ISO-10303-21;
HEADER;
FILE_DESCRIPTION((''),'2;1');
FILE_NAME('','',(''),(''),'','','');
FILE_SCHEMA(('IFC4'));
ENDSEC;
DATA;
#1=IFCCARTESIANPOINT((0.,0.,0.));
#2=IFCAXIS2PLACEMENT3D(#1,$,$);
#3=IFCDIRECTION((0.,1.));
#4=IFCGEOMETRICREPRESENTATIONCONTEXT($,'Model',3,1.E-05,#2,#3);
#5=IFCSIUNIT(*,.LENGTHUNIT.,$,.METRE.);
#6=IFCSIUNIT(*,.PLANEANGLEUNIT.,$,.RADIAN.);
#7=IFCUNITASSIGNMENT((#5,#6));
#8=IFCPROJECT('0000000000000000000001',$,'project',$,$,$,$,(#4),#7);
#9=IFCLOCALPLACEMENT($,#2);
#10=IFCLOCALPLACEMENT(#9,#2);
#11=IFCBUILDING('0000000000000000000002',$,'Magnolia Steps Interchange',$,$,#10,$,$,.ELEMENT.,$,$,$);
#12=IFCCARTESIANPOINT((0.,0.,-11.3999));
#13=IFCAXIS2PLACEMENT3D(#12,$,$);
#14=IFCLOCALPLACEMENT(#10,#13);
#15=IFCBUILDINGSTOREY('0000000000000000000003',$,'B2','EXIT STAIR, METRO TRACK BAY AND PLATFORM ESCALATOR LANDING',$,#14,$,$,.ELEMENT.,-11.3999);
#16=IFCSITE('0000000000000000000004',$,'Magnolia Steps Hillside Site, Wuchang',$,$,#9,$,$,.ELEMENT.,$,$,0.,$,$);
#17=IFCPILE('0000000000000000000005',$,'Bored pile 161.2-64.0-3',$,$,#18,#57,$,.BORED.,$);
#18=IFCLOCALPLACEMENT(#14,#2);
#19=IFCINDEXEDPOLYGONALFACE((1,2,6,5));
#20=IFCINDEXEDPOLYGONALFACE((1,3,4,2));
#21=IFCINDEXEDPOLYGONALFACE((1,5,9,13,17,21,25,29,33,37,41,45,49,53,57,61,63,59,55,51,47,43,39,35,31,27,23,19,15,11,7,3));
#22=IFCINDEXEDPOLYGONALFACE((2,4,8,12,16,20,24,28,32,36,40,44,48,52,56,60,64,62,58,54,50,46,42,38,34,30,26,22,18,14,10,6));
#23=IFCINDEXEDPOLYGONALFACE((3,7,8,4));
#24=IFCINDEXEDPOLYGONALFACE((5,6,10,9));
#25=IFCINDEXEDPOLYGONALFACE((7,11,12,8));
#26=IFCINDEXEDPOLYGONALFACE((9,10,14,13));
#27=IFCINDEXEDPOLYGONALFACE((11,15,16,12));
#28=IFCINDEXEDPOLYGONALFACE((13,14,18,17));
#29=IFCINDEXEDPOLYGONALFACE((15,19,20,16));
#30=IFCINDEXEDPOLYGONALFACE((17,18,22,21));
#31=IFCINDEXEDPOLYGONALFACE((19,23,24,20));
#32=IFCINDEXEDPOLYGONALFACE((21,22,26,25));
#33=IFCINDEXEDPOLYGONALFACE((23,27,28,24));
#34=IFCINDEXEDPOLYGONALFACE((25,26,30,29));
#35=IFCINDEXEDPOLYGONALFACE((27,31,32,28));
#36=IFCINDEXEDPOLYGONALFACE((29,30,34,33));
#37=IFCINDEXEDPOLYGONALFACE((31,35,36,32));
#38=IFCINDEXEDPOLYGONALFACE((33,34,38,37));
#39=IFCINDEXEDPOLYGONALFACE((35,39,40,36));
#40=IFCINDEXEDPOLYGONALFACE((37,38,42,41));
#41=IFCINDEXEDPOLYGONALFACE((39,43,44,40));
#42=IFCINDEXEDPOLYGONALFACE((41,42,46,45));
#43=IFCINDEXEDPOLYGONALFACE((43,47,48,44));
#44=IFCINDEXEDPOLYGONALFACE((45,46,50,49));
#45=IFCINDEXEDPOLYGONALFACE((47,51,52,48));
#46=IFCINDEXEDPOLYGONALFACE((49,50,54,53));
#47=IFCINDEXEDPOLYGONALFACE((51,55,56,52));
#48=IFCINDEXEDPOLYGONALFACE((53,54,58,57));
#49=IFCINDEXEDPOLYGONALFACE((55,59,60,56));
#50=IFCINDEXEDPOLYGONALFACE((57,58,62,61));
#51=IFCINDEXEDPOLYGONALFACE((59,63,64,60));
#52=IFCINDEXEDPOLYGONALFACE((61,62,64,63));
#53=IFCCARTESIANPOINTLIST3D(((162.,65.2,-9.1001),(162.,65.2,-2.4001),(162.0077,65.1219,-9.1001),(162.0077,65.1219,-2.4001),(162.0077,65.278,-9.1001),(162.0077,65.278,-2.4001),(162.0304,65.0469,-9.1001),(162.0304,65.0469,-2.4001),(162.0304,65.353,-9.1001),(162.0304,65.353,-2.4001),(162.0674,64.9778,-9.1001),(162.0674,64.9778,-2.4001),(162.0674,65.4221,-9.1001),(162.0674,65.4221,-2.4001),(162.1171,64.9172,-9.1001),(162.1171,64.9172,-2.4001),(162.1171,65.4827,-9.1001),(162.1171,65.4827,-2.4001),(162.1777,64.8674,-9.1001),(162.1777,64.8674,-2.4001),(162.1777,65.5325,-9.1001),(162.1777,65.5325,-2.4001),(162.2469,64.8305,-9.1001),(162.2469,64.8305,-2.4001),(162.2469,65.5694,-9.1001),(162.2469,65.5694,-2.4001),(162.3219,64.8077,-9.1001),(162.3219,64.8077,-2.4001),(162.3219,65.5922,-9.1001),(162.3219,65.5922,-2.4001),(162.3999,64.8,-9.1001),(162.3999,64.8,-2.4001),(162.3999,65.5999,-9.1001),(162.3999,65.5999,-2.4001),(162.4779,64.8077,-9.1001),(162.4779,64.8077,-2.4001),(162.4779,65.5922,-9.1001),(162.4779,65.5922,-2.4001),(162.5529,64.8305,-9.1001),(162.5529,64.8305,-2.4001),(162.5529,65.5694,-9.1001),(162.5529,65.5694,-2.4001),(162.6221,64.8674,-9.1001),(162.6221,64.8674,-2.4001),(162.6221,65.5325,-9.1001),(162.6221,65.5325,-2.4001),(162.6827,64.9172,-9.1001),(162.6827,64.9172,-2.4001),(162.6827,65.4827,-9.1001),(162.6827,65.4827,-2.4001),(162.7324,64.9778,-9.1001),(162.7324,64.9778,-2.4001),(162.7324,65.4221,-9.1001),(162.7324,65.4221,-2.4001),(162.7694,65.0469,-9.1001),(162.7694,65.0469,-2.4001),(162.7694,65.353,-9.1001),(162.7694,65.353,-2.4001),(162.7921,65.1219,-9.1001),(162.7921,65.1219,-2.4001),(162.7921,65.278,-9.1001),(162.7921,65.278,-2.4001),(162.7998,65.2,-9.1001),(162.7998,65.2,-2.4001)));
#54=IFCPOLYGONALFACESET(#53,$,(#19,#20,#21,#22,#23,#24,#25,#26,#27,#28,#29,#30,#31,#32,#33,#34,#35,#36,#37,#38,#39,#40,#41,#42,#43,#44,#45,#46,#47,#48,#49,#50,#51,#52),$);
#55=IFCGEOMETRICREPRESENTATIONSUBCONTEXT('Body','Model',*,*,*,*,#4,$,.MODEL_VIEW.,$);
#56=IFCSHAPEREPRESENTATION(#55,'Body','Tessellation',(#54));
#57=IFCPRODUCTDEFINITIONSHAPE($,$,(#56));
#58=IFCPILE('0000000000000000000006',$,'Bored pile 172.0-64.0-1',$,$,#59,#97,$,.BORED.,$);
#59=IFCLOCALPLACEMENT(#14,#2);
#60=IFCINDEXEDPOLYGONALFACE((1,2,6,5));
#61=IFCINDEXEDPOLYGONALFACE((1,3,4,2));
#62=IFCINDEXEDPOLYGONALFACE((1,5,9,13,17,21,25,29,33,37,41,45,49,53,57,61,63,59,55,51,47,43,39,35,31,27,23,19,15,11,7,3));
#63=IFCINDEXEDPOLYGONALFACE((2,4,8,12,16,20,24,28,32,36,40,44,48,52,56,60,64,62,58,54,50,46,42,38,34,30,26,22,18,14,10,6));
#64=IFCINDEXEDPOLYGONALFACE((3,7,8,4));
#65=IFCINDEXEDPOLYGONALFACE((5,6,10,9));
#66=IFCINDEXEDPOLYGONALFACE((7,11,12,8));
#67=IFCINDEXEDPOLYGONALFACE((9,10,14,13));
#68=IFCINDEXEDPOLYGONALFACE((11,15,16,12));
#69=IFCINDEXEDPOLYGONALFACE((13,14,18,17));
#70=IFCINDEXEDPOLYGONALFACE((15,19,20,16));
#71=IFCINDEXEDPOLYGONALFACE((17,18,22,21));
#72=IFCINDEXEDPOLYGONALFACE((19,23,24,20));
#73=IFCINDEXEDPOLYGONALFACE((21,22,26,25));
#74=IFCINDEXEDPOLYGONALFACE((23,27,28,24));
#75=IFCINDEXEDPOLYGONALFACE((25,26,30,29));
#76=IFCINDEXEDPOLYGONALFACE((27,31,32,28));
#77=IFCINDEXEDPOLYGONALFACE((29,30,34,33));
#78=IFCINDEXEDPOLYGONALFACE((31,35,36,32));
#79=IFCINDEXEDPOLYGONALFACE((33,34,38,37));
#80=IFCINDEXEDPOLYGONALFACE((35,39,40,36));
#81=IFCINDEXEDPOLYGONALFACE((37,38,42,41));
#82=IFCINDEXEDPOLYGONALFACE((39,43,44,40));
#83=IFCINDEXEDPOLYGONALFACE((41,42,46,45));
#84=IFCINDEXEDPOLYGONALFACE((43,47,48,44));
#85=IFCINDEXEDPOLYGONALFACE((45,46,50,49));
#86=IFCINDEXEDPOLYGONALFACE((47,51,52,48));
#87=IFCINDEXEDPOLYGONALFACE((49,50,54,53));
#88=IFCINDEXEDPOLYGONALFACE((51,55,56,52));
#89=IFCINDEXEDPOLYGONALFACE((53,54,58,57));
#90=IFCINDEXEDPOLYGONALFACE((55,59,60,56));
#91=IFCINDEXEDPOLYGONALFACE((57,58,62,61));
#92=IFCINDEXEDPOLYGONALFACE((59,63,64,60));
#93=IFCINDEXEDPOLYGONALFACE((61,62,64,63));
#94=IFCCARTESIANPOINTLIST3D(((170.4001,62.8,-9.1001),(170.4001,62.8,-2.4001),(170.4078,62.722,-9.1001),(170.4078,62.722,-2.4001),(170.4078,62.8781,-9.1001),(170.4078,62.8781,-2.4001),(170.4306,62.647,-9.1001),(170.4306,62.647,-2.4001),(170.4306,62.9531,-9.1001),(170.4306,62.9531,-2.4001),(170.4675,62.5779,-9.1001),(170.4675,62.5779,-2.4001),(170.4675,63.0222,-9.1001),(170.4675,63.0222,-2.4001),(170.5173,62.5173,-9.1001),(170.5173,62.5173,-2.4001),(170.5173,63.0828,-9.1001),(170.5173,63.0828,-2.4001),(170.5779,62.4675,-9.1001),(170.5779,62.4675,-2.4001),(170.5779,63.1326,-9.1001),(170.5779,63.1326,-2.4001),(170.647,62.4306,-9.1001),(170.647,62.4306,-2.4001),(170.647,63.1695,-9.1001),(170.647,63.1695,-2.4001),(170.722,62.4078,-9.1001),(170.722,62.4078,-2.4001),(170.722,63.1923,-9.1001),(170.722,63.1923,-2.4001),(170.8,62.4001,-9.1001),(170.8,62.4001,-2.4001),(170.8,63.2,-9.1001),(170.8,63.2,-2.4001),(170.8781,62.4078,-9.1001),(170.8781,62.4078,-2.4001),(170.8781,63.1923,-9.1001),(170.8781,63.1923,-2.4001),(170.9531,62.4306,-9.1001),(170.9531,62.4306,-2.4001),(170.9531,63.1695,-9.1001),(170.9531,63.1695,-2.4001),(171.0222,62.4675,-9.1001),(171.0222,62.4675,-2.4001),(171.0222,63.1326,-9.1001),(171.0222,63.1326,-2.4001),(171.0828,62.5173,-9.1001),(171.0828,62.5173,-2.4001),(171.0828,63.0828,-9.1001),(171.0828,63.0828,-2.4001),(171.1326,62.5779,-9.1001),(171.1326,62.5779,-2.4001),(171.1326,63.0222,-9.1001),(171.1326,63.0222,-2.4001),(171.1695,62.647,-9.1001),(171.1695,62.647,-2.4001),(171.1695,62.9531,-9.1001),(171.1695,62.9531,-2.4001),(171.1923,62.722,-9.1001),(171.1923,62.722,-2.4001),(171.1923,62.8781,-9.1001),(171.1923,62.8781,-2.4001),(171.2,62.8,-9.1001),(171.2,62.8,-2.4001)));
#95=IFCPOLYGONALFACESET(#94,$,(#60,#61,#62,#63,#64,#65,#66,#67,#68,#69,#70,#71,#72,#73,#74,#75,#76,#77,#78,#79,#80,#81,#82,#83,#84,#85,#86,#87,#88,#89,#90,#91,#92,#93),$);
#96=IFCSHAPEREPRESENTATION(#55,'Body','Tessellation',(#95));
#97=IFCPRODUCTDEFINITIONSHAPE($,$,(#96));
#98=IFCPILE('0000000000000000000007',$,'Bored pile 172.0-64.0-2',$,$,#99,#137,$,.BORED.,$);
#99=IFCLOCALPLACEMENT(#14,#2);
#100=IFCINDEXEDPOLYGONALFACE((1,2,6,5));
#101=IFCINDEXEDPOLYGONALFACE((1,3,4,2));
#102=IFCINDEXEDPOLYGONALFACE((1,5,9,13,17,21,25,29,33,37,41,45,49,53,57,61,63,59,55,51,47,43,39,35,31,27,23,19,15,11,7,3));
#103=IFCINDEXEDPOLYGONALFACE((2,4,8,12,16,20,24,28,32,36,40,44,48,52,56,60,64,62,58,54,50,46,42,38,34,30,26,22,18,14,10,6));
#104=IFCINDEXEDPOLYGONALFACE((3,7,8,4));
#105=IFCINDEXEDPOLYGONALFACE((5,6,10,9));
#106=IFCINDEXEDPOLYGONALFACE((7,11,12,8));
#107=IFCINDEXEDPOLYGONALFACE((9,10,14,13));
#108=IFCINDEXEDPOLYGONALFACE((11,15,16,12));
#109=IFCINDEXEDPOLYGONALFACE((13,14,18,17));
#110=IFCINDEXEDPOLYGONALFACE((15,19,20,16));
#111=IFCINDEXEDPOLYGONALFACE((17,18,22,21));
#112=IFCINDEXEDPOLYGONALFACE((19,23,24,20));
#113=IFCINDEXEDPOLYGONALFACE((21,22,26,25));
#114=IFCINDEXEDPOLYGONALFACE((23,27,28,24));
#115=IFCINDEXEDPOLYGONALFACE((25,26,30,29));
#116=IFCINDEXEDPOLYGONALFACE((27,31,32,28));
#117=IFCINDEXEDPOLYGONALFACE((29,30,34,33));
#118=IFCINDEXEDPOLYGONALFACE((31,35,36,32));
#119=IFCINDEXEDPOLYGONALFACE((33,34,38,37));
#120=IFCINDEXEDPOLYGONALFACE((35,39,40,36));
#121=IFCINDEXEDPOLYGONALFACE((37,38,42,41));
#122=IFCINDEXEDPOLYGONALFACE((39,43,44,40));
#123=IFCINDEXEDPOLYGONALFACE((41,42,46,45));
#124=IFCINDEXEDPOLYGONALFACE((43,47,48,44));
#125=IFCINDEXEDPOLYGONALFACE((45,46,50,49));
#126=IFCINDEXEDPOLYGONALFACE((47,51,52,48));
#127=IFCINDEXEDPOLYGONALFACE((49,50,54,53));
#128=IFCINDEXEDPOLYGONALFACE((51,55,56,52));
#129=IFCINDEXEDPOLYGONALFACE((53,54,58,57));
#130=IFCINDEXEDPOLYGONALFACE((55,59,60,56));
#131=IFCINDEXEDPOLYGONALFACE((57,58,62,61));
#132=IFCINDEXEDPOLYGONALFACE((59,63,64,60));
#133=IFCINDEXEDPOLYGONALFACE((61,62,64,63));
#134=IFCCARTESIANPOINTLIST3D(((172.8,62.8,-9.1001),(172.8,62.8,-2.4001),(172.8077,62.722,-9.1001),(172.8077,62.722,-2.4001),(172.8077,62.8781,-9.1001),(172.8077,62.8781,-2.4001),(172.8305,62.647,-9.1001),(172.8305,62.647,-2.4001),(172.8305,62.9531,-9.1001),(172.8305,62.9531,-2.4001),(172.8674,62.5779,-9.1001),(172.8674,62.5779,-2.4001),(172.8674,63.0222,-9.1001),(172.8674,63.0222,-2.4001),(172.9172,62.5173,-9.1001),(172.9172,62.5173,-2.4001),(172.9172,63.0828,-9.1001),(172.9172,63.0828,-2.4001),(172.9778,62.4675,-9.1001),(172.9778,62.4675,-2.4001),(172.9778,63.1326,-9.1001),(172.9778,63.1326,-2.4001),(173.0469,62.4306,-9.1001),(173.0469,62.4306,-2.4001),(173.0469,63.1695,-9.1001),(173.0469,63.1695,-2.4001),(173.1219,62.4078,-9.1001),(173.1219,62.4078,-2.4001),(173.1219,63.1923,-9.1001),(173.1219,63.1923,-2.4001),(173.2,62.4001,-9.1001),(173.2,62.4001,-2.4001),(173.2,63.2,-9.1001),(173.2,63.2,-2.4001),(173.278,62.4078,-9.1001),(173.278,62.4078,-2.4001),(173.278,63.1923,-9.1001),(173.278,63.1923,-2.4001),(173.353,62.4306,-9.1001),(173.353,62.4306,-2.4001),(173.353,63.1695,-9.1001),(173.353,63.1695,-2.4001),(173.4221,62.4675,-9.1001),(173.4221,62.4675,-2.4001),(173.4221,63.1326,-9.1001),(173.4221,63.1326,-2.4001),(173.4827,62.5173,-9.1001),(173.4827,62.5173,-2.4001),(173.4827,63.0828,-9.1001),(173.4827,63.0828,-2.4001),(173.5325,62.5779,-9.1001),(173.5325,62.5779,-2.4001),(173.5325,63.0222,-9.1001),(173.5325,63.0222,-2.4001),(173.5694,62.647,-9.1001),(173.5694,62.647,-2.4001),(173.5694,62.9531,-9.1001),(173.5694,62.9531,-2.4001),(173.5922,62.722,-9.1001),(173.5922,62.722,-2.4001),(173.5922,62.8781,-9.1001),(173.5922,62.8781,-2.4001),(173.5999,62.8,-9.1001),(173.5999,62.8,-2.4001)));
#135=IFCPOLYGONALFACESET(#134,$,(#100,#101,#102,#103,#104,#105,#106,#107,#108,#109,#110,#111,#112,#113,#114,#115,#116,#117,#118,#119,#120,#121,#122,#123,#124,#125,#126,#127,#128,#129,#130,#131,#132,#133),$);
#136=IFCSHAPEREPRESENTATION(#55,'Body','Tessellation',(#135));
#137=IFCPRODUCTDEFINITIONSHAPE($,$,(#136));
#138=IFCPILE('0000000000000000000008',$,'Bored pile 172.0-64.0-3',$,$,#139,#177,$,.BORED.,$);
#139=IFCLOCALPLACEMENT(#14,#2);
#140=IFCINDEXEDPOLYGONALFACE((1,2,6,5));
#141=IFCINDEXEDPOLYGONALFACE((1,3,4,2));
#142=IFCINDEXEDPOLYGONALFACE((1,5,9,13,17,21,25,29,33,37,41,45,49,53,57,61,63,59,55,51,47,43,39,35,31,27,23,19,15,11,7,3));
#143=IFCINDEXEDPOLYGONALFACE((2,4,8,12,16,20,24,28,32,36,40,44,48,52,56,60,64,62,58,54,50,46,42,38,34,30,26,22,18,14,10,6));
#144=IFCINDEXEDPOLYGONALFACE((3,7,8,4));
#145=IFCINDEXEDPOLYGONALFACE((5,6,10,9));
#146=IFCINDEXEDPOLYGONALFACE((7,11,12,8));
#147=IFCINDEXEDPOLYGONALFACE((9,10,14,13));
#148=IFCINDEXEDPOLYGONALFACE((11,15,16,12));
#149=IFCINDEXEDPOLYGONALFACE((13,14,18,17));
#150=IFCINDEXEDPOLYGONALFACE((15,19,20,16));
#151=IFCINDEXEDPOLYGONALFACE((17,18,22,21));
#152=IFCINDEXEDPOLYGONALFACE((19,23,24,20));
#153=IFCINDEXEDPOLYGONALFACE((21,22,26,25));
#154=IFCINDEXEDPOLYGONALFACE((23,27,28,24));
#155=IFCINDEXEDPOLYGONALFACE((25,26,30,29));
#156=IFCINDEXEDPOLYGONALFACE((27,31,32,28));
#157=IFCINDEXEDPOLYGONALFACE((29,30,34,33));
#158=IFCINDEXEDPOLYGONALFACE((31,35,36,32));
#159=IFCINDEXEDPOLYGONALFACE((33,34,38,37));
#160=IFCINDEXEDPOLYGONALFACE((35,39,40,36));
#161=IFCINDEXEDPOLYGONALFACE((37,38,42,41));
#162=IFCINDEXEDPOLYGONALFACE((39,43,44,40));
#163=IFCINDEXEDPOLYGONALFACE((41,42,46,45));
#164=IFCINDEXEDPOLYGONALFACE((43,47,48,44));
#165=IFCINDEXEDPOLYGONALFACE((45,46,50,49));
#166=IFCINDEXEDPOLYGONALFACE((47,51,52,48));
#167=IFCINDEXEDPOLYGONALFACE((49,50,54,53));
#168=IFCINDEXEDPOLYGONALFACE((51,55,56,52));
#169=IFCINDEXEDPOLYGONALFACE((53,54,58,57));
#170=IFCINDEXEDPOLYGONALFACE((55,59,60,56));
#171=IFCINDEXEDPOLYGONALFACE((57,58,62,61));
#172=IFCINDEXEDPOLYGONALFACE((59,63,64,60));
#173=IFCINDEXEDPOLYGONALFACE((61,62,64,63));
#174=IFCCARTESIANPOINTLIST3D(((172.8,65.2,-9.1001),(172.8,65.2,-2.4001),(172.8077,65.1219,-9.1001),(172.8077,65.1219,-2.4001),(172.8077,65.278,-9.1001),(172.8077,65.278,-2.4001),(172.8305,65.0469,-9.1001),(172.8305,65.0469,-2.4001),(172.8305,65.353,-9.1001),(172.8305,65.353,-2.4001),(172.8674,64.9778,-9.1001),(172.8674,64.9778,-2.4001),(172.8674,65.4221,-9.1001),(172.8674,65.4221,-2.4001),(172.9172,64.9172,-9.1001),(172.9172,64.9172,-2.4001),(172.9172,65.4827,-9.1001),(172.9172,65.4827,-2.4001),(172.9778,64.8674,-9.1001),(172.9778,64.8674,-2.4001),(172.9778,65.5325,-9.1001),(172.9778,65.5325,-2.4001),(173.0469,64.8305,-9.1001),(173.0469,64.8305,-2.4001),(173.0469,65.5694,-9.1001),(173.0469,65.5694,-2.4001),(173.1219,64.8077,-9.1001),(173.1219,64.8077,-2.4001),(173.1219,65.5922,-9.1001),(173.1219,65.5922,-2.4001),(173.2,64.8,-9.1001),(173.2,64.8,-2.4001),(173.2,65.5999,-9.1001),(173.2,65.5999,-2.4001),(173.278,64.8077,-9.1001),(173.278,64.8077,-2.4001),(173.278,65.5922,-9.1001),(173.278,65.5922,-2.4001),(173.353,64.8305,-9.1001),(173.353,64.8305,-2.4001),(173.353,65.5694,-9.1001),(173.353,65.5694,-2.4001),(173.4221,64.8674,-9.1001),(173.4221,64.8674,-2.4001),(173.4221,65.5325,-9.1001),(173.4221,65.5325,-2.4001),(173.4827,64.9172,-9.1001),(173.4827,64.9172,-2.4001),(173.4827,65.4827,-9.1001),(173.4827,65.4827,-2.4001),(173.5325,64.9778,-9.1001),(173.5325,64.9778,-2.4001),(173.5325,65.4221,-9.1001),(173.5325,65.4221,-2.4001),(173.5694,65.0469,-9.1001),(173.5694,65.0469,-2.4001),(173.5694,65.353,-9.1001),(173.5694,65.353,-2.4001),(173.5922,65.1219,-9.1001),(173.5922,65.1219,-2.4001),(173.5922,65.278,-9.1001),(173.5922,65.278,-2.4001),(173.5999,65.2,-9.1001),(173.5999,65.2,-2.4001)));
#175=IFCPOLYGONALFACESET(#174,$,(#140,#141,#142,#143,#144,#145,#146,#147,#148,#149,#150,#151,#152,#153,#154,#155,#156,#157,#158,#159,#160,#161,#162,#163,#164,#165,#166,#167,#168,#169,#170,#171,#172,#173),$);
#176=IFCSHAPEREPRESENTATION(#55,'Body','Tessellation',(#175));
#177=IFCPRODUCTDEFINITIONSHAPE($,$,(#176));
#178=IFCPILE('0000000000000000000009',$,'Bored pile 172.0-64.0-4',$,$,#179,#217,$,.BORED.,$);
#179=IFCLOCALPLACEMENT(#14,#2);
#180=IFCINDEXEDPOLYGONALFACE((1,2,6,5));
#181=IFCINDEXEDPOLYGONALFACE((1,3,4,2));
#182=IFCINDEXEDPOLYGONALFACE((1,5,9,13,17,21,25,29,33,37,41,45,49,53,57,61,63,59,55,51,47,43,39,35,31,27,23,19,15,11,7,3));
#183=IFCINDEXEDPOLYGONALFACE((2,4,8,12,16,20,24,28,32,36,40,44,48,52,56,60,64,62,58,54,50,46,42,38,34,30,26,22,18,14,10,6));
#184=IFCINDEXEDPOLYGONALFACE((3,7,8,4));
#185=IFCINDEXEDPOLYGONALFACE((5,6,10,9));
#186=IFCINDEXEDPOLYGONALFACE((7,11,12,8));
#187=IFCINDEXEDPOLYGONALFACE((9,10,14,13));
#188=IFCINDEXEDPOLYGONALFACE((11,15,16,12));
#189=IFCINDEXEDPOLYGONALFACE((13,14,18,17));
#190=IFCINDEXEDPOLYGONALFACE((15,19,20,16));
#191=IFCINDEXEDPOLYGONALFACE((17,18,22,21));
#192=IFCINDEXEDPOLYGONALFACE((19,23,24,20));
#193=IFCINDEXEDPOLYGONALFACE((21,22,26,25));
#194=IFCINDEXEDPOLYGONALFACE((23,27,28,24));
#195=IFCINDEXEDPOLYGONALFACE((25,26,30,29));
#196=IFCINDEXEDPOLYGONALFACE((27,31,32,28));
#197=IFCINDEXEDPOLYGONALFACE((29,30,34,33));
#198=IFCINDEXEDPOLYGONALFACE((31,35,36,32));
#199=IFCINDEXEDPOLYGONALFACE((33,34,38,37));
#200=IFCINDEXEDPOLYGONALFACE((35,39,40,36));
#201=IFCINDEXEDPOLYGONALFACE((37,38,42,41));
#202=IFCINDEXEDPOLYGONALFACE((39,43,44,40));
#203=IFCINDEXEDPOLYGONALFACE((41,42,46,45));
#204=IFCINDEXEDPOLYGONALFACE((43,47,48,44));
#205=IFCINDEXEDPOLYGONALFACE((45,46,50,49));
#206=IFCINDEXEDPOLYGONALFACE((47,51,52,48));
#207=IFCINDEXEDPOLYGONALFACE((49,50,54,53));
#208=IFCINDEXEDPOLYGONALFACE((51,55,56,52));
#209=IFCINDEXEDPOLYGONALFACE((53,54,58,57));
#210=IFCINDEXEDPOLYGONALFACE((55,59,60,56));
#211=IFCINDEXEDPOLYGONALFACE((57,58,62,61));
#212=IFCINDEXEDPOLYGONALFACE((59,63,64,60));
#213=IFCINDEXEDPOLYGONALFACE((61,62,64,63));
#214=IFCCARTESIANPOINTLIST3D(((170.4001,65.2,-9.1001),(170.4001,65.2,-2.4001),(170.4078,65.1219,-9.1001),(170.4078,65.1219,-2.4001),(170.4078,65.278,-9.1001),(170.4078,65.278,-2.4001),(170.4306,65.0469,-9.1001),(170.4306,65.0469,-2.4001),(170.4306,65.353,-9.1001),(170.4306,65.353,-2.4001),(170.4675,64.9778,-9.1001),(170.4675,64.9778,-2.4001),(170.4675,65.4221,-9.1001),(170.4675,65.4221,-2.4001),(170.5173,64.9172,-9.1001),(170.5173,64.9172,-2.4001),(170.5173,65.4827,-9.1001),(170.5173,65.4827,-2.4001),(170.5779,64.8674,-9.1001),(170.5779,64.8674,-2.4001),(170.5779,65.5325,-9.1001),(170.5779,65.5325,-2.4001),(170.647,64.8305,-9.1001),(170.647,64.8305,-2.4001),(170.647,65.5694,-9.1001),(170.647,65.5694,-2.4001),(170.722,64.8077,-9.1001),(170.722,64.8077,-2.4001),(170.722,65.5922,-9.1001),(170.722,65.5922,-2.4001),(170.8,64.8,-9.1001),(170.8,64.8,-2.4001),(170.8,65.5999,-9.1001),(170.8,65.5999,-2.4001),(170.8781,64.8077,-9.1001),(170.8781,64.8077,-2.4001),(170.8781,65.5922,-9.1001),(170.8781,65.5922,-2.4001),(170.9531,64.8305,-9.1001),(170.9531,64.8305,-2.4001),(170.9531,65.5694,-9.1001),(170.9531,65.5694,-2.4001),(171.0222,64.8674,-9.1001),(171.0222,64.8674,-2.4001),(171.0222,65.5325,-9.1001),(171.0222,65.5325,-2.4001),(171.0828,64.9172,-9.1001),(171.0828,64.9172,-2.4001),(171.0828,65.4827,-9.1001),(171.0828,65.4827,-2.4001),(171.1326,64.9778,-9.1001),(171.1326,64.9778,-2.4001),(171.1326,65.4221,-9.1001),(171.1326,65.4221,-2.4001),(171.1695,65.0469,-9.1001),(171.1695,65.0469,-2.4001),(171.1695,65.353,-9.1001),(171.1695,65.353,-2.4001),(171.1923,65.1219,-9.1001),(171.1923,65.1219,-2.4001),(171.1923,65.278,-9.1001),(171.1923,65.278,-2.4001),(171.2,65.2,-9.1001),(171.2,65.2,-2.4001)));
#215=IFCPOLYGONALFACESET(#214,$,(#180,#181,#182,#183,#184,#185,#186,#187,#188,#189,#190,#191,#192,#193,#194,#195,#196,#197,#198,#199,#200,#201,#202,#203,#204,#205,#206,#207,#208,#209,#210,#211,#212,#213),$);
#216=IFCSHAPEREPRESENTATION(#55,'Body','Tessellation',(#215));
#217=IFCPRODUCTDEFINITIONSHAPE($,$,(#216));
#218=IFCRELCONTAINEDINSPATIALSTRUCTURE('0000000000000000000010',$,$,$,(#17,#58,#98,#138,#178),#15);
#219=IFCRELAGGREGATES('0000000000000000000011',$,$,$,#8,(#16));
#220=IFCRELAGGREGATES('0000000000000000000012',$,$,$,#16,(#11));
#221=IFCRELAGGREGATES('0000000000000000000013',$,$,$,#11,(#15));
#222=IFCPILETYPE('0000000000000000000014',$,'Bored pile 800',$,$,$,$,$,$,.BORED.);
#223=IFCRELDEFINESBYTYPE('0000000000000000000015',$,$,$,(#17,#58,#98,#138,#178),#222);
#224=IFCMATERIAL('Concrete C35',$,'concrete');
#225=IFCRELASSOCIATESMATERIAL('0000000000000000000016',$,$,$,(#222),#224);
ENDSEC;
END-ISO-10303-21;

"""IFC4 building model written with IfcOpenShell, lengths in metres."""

from ifc_helpers import new_model, si_unit, direction, frame, origin, origin_2d, place, context, subcontext, project, spatial, circle, extrude, material, material_profile, profile_set, type_object, element, save


model = new_model("IFC4")

# Units and contexts
model_context = context("Model", 3, precision=1e-05, world=origin(), true_north=direction((0.0, 1.0)))
body_context = subcontext(model_context, "Body", "Model", "MODEL_VIEW")
ifc_project = project(units=[si_unit("LENGTHUNIT", "METRE"), si_unit("PLANEANGLEUNIT", "RADIAN")], contexts=[model_context])

# Site, building, storey
site_placement = place(None, origin())
site = spatial("IfcSite", under=ifc_project, at=site_placement, Name="Magnolia Steps Hillside Site, Wuchang", CompositionType="ELEMENT", RefElevation=0.0)
building_placement = place(site_placement, origin())
building = spatial("IfcBuilding", under=site, at=building_placement, Name="Magnolia Steps Interchange", CompositionType="ELEMENT")
storey_placement = place(building_placement, frame((0.0, 0.0, -11.3999)))
storey = spatial("IfcBuildingStorey", under=building, at=storey_placement, Name="B2", Description="EXIT STAIR, METRO TRACK BAY AND PLATFORM ESCALATOR LANDING", CompositionType="ELEMENT", Elevation=-11.3999)

# Piles
ifc_material_1 = material(Name="Concrete C35", Category="concrete")
ifc_material_profile_1 = material_profile(ifc_material_1, circle(Radius=0.3999, at=origin_2d()), Name="Bored pile 800")
ifc_profile_set_1 = profile_set([ifc_material_profile_1], Name="Concrete C35")
pile_type_1 = type_object("IfcPileType", Name="Bored pile 800", PredefinedType="BORED", material=ifc_profile_set_1)
for number, where, z_axis, x_axis, name in (
    (1, (162.3999, 65.2, -2.4001), (0.0, 0.0, -1.0), (1.0, 0.0, 0.0), "Bored pile 161.2-64.0-3"),
    (2, (170.8, 62.8, -2.4001), (0.0, 0.0, -1.0), (1.0, 0.0, 0.0), "Bored pile 172.0-64.0-1"),
    (3, (173.2, 62.8, -2.4001), (0.0, 0.0, -1.0), (1.0, 0.0, 0.0), "Bored pile 172.0-64.0-2"),
    (4, (173.2, 65.2, -2.4001), (0.0, 0.0, -1.0), (1.0, 0.0, 0.0), "Bored pile 172.0-64.0-3"),
    (5, (170.8, 65.2, -2.4001), (0.0, 0.0, -1.0), (1.0, 0.0, 0.0), "Bored pile 172.0-64.0-4"),
):
    element("IfcPile", number, at=place(storey_placement, frame(where, z_axis=z_axis, x_axis=x_axis)), inside=storey, type_object=pile_type_1, Name=name, PredefinedType="BORED", context=body_context, shape_type="SweptSolid", body=[
        extrude(circle(Radius=0.3999, at=origin_2d()), origin(), (0.0, 0.0, 1.0), 6.7),
    ])

save(model, "model.ifc")
